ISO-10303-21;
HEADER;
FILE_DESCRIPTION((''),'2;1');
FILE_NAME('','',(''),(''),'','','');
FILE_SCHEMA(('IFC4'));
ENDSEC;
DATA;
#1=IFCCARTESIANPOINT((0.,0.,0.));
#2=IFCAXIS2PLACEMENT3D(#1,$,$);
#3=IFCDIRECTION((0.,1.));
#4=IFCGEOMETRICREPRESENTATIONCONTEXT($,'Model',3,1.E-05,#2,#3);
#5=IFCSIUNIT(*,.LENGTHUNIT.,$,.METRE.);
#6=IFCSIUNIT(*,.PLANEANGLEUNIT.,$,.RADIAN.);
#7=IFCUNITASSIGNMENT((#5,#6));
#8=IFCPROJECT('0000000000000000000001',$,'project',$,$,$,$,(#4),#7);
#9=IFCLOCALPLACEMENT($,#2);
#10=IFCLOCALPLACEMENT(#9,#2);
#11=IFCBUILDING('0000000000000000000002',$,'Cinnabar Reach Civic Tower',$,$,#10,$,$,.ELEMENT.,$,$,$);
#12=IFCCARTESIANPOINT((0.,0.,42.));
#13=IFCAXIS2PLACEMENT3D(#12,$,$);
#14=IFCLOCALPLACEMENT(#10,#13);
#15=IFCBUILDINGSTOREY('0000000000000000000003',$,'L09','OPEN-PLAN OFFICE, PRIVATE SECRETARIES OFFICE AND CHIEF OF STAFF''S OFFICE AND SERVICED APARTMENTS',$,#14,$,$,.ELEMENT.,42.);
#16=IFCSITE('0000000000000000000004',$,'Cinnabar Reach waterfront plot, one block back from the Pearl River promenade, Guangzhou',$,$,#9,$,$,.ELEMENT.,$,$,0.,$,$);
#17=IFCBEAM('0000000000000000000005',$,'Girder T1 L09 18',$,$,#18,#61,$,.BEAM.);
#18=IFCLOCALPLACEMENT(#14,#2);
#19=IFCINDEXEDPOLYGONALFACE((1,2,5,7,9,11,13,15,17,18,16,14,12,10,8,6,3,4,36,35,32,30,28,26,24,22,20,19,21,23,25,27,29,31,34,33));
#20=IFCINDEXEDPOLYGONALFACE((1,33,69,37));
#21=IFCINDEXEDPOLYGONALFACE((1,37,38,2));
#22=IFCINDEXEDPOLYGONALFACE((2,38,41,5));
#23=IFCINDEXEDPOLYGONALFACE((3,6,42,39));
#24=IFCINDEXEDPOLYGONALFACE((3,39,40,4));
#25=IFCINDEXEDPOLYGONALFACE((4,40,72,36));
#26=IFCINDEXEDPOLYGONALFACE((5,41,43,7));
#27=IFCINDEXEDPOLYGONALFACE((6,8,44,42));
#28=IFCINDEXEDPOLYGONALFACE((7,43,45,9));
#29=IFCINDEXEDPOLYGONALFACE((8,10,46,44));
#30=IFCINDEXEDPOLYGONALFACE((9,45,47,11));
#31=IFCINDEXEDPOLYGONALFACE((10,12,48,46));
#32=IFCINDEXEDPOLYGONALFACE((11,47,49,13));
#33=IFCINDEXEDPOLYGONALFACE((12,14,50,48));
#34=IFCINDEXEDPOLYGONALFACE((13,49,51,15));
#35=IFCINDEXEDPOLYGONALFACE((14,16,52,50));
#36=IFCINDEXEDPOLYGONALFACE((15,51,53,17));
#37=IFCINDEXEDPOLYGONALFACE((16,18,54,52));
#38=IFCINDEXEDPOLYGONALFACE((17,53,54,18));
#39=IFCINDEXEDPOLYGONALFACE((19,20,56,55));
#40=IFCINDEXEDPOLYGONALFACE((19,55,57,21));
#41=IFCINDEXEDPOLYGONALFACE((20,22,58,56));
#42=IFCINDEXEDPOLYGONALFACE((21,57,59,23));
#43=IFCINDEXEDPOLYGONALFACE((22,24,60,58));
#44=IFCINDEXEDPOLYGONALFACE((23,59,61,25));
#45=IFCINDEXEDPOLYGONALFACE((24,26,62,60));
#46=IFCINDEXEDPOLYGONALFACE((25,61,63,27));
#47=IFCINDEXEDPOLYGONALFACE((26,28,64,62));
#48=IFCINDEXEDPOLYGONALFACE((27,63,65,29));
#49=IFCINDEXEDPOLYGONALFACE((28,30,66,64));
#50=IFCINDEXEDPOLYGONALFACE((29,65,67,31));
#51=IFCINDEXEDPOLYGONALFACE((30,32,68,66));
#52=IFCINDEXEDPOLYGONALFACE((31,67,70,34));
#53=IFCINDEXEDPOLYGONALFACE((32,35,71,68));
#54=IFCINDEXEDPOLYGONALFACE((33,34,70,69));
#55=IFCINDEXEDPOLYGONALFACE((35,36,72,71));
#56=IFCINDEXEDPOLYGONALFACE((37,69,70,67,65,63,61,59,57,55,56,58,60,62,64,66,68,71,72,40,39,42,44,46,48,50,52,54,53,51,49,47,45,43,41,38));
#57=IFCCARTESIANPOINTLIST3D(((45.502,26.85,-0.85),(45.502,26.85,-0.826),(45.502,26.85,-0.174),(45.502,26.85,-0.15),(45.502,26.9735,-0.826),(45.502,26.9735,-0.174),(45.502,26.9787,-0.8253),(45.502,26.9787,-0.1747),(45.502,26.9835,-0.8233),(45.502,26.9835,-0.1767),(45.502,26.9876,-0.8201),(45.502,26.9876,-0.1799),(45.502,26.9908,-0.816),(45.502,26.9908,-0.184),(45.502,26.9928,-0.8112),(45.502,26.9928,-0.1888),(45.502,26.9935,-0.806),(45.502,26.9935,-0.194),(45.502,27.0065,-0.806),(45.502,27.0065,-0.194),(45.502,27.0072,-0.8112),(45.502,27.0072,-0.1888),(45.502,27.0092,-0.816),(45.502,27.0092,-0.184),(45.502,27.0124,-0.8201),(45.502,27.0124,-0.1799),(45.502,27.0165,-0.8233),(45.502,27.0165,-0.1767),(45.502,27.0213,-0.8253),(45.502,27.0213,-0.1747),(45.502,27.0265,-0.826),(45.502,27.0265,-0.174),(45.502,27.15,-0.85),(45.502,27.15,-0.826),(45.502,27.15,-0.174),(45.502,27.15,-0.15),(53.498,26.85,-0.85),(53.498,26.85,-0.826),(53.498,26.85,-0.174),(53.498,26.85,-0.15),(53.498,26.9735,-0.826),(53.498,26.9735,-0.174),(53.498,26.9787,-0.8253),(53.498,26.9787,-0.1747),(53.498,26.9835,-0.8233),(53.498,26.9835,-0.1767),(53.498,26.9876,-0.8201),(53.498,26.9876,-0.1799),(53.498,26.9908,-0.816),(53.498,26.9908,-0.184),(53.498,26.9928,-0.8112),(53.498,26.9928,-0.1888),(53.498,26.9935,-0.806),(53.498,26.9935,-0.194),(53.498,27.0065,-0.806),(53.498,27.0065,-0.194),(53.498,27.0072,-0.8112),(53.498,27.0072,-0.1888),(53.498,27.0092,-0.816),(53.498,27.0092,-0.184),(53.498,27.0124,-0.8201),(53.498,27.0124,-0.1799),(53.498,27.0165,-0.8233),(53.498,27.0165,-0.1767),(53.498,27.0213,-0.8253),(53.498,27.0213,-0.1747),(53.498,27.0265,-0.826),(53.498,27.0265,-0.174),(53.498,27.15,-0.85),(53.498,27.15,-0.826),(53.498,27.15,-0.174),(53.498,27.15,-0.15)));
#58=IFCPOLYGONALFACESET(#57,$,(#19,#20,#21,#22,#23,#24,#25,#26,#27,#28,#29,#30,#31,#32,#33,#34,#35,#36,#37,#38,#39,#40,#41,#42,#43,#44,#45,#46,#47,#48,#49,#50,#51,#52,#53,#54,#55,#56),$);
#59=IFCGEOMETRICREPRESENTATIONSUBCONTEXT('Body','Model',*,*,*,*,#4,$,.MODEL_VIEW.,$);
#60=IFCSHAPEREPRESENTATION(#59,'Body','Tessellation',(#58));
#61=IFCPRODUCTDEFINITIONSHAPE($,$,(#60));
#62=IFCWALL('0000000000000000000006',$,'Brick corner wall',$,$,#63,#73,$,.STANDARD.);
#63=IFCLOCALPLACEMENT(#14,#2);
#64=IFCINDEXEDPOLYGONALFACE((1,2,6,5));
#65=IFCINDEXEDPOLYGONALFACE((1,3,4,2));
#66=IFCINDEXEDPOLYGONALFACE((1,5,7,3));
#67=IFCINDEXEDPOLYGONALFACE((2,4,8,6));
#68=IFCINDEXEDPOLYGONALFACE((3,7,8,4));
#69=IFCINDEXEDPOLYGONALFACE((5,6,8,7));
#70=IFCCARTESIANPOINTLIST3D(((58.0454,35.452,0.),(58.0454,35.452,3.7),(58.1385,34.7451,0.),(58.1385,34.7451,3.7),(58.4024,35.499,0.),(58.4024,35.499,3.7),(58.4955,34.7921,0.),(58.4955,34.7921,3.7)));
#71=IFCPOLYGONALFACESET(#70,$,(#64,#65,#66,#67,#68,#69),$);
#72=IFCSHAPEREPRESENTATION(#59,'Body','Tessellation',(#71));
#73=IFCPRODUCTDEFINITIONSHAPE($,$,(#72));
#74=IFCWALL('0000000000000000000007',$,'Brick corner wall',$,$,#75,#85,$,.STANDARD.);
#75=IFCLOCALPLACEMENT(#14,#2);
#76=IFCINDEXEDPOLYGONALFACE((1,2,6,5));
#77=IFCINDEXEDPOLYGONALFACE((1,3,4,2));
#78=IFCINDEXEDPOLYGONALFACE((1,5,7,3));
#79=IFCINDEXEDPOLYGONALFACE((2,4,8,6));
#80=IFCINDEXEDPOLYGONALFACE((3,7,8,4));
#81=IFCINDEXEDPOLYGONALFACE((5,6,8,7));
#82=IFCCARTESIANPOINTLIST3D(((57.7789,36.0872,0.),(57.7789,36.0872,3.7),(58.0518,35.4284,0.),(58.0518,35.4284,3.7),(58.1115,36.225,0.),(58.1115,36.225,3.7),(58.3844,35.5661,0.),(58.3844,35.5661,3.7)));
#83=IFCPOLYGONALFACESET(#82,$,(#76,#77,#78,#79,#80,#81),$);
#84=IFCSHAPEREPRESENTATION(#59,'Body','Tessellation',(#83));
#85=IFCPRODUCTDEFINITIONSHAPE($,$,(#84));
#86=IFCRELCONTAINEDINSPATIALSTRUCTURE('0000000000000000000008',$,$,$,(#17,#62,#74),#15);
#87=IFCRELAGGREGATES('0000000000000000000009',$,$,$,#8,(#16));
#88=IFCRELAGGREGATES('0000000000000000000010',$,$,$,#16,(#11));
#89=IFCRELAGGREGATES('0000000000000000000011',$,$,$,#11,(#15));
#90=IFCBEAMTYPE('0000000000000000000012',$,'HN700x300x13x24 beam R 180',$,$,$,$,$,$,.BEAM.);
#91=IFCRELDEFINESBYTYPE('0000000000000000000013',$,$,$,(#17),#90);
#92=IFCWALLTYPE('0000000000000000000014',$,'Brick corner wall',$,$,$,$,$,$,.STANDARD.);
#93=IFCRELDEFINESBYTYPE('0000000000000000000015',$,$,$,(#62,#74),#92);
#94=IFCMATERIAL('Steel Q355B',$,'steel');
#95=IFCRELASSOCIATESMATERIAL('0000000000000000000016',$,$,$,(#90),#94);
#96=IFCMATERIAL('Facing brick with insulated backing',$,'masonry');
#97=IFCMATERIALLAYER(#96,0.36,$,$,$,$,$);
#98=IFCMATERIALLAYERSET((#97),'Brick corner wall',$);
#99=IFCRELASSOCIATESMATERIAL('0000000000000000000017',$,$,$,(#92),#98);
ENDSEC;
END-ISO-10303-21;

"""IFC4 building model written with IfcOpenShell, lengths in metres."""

from ifc_helpers import new_model, si_unit, direction, frame, frame_2d, origin, origin_2d, place, context, subcontext, project, spatial, rectangle, i_section, extrude, material, layer, layer_set, material_profile, profile_set, type_object, element, save


model = new_model("IFC4")

# Units and contexts
model_context = context("Model", 3, precision=1e-05, world=origin(), true_north=direction((0.0, 1.0)))
body_context = subcontext(model_context, "Body", "Model", "MODEL_VIEW")
ifc_project = project(units=[si_unit("LENGTHUNIT", "METRE"), si_unit("PLANEANGLEUNIT", "RADIAN")], contexts=[model_context])

# Site, building, storey
site_placement = place(None, origin())
site = spatial("IfcSite", under=ifc_project, at=site_placement, Name="Cinnabar Reach waterfront plot, one block back from the Pearl River promenade, Guangzhou", CompositionType="ELEMENT", RefElevation=0.0)
building_placement = place(site_placement, origin())
building = spatial("IfcBuilding", under=site, at=building_placement, Name="Cinnabar Reach Civic Tower", CompositionType="ELEMENT")
storey_placement = place(building_placement, frame((0.0, 0.0, 42.0)))
storey = spatial("IfcBuildingStorey", under=building, at=storey_placement, Name="L09", Description="OPEN-PLAN OFFICE, PRIVATE SECRETARIES OFFICE AND CHIEF OF STAFF'S OFFICE AND SERVICED APARTMENTS", CompositionType="ELEMENT", Elevation=42.0)

# Beam
ifc_material_1 = material(Name="Steel Q355B", Category="steel")
ifc_material_profile_1 = material_profile(ifc_material_1, i_section(OverallWidth=0.3, OverallDepth=0.7, WebThickness=0.013, FlangeThickness=0.024, FilletRadius=0.02, at=origin_2d()), Name="HN700x300x13x24")
ifc_profile_set_1 = profile_set([ifc_material_profile_1], Name="Steel Q355B")
beam_type_1 = type_object("IfcBeamType", Name="HN700x300x13x24 beam R 180", PredefinedType="BEAM", material=ifc_profile_set_1)
beam_1_placement = place(storey_placement, frame((45.502, 27.0, -0.5), z_axis=(1.0, 0.0, 0.0), x_axis=(0.0, 1.0, 0.0)))
element("IfcBeam", 1, at=beam_1_placement, inside=storey, type_object=beam_type_1, Name="Girder T1 L09 18", PredefinedType="BEAM", context=body_context, shape_type="SweptSolid", body=[
    extrude(i_section(OverallWidth=0.3, OverallDepth=0.7, WebThickness=0.013, FlangeThickness=0.024, FilletRadius=0.02, at=origin_2d()), origin(), (0.0, 0.0, 1.0), 7.996),
])

# Walls
ifc_material_2 = material(Name="Facing brick with insulated backing", Category="masonry")
ifc_layer = layer(ifc_material_2, 0.36)
ifc_layer_set = layer_set([ifc_layer], Name="Brick corner wall")
wall_type = type_object("IfcWallType", Name="Brick corner wall", PredefinedType="STANDARD", material=ifc_layer_set)
for number, where, z_axis, x_axis, name in (
    (2, (58.317, 34.7686, 0.0), (0.0, 0.0, 1.0), (-0.130556, 0.991441, 0.0), "Brick corner wall"),
    (3, (58.2181, 35.4973, 0.0), (0.0, 0.0, 1.0), (-0.382703, 0.923872, 0.0), "Brick corner wall"),
):
    element("IfcWall", number, at=place(storey_placement, frame(where, z_axis=z_axis, x_axis=x_axis)), inside=storey, type_object=wall_type, Name=name, PredefinedType="STANDARD", context=body_context, shape_type="SweptSolid", body=[
        extrude(rectangle(XDim=0.7131, YDim=0.36, at=frame_2d((0.3565, 0.0))), origin(), (0.0, 0.0, 1.0), 3.7),
    ])

save(model, "model.ifc")
